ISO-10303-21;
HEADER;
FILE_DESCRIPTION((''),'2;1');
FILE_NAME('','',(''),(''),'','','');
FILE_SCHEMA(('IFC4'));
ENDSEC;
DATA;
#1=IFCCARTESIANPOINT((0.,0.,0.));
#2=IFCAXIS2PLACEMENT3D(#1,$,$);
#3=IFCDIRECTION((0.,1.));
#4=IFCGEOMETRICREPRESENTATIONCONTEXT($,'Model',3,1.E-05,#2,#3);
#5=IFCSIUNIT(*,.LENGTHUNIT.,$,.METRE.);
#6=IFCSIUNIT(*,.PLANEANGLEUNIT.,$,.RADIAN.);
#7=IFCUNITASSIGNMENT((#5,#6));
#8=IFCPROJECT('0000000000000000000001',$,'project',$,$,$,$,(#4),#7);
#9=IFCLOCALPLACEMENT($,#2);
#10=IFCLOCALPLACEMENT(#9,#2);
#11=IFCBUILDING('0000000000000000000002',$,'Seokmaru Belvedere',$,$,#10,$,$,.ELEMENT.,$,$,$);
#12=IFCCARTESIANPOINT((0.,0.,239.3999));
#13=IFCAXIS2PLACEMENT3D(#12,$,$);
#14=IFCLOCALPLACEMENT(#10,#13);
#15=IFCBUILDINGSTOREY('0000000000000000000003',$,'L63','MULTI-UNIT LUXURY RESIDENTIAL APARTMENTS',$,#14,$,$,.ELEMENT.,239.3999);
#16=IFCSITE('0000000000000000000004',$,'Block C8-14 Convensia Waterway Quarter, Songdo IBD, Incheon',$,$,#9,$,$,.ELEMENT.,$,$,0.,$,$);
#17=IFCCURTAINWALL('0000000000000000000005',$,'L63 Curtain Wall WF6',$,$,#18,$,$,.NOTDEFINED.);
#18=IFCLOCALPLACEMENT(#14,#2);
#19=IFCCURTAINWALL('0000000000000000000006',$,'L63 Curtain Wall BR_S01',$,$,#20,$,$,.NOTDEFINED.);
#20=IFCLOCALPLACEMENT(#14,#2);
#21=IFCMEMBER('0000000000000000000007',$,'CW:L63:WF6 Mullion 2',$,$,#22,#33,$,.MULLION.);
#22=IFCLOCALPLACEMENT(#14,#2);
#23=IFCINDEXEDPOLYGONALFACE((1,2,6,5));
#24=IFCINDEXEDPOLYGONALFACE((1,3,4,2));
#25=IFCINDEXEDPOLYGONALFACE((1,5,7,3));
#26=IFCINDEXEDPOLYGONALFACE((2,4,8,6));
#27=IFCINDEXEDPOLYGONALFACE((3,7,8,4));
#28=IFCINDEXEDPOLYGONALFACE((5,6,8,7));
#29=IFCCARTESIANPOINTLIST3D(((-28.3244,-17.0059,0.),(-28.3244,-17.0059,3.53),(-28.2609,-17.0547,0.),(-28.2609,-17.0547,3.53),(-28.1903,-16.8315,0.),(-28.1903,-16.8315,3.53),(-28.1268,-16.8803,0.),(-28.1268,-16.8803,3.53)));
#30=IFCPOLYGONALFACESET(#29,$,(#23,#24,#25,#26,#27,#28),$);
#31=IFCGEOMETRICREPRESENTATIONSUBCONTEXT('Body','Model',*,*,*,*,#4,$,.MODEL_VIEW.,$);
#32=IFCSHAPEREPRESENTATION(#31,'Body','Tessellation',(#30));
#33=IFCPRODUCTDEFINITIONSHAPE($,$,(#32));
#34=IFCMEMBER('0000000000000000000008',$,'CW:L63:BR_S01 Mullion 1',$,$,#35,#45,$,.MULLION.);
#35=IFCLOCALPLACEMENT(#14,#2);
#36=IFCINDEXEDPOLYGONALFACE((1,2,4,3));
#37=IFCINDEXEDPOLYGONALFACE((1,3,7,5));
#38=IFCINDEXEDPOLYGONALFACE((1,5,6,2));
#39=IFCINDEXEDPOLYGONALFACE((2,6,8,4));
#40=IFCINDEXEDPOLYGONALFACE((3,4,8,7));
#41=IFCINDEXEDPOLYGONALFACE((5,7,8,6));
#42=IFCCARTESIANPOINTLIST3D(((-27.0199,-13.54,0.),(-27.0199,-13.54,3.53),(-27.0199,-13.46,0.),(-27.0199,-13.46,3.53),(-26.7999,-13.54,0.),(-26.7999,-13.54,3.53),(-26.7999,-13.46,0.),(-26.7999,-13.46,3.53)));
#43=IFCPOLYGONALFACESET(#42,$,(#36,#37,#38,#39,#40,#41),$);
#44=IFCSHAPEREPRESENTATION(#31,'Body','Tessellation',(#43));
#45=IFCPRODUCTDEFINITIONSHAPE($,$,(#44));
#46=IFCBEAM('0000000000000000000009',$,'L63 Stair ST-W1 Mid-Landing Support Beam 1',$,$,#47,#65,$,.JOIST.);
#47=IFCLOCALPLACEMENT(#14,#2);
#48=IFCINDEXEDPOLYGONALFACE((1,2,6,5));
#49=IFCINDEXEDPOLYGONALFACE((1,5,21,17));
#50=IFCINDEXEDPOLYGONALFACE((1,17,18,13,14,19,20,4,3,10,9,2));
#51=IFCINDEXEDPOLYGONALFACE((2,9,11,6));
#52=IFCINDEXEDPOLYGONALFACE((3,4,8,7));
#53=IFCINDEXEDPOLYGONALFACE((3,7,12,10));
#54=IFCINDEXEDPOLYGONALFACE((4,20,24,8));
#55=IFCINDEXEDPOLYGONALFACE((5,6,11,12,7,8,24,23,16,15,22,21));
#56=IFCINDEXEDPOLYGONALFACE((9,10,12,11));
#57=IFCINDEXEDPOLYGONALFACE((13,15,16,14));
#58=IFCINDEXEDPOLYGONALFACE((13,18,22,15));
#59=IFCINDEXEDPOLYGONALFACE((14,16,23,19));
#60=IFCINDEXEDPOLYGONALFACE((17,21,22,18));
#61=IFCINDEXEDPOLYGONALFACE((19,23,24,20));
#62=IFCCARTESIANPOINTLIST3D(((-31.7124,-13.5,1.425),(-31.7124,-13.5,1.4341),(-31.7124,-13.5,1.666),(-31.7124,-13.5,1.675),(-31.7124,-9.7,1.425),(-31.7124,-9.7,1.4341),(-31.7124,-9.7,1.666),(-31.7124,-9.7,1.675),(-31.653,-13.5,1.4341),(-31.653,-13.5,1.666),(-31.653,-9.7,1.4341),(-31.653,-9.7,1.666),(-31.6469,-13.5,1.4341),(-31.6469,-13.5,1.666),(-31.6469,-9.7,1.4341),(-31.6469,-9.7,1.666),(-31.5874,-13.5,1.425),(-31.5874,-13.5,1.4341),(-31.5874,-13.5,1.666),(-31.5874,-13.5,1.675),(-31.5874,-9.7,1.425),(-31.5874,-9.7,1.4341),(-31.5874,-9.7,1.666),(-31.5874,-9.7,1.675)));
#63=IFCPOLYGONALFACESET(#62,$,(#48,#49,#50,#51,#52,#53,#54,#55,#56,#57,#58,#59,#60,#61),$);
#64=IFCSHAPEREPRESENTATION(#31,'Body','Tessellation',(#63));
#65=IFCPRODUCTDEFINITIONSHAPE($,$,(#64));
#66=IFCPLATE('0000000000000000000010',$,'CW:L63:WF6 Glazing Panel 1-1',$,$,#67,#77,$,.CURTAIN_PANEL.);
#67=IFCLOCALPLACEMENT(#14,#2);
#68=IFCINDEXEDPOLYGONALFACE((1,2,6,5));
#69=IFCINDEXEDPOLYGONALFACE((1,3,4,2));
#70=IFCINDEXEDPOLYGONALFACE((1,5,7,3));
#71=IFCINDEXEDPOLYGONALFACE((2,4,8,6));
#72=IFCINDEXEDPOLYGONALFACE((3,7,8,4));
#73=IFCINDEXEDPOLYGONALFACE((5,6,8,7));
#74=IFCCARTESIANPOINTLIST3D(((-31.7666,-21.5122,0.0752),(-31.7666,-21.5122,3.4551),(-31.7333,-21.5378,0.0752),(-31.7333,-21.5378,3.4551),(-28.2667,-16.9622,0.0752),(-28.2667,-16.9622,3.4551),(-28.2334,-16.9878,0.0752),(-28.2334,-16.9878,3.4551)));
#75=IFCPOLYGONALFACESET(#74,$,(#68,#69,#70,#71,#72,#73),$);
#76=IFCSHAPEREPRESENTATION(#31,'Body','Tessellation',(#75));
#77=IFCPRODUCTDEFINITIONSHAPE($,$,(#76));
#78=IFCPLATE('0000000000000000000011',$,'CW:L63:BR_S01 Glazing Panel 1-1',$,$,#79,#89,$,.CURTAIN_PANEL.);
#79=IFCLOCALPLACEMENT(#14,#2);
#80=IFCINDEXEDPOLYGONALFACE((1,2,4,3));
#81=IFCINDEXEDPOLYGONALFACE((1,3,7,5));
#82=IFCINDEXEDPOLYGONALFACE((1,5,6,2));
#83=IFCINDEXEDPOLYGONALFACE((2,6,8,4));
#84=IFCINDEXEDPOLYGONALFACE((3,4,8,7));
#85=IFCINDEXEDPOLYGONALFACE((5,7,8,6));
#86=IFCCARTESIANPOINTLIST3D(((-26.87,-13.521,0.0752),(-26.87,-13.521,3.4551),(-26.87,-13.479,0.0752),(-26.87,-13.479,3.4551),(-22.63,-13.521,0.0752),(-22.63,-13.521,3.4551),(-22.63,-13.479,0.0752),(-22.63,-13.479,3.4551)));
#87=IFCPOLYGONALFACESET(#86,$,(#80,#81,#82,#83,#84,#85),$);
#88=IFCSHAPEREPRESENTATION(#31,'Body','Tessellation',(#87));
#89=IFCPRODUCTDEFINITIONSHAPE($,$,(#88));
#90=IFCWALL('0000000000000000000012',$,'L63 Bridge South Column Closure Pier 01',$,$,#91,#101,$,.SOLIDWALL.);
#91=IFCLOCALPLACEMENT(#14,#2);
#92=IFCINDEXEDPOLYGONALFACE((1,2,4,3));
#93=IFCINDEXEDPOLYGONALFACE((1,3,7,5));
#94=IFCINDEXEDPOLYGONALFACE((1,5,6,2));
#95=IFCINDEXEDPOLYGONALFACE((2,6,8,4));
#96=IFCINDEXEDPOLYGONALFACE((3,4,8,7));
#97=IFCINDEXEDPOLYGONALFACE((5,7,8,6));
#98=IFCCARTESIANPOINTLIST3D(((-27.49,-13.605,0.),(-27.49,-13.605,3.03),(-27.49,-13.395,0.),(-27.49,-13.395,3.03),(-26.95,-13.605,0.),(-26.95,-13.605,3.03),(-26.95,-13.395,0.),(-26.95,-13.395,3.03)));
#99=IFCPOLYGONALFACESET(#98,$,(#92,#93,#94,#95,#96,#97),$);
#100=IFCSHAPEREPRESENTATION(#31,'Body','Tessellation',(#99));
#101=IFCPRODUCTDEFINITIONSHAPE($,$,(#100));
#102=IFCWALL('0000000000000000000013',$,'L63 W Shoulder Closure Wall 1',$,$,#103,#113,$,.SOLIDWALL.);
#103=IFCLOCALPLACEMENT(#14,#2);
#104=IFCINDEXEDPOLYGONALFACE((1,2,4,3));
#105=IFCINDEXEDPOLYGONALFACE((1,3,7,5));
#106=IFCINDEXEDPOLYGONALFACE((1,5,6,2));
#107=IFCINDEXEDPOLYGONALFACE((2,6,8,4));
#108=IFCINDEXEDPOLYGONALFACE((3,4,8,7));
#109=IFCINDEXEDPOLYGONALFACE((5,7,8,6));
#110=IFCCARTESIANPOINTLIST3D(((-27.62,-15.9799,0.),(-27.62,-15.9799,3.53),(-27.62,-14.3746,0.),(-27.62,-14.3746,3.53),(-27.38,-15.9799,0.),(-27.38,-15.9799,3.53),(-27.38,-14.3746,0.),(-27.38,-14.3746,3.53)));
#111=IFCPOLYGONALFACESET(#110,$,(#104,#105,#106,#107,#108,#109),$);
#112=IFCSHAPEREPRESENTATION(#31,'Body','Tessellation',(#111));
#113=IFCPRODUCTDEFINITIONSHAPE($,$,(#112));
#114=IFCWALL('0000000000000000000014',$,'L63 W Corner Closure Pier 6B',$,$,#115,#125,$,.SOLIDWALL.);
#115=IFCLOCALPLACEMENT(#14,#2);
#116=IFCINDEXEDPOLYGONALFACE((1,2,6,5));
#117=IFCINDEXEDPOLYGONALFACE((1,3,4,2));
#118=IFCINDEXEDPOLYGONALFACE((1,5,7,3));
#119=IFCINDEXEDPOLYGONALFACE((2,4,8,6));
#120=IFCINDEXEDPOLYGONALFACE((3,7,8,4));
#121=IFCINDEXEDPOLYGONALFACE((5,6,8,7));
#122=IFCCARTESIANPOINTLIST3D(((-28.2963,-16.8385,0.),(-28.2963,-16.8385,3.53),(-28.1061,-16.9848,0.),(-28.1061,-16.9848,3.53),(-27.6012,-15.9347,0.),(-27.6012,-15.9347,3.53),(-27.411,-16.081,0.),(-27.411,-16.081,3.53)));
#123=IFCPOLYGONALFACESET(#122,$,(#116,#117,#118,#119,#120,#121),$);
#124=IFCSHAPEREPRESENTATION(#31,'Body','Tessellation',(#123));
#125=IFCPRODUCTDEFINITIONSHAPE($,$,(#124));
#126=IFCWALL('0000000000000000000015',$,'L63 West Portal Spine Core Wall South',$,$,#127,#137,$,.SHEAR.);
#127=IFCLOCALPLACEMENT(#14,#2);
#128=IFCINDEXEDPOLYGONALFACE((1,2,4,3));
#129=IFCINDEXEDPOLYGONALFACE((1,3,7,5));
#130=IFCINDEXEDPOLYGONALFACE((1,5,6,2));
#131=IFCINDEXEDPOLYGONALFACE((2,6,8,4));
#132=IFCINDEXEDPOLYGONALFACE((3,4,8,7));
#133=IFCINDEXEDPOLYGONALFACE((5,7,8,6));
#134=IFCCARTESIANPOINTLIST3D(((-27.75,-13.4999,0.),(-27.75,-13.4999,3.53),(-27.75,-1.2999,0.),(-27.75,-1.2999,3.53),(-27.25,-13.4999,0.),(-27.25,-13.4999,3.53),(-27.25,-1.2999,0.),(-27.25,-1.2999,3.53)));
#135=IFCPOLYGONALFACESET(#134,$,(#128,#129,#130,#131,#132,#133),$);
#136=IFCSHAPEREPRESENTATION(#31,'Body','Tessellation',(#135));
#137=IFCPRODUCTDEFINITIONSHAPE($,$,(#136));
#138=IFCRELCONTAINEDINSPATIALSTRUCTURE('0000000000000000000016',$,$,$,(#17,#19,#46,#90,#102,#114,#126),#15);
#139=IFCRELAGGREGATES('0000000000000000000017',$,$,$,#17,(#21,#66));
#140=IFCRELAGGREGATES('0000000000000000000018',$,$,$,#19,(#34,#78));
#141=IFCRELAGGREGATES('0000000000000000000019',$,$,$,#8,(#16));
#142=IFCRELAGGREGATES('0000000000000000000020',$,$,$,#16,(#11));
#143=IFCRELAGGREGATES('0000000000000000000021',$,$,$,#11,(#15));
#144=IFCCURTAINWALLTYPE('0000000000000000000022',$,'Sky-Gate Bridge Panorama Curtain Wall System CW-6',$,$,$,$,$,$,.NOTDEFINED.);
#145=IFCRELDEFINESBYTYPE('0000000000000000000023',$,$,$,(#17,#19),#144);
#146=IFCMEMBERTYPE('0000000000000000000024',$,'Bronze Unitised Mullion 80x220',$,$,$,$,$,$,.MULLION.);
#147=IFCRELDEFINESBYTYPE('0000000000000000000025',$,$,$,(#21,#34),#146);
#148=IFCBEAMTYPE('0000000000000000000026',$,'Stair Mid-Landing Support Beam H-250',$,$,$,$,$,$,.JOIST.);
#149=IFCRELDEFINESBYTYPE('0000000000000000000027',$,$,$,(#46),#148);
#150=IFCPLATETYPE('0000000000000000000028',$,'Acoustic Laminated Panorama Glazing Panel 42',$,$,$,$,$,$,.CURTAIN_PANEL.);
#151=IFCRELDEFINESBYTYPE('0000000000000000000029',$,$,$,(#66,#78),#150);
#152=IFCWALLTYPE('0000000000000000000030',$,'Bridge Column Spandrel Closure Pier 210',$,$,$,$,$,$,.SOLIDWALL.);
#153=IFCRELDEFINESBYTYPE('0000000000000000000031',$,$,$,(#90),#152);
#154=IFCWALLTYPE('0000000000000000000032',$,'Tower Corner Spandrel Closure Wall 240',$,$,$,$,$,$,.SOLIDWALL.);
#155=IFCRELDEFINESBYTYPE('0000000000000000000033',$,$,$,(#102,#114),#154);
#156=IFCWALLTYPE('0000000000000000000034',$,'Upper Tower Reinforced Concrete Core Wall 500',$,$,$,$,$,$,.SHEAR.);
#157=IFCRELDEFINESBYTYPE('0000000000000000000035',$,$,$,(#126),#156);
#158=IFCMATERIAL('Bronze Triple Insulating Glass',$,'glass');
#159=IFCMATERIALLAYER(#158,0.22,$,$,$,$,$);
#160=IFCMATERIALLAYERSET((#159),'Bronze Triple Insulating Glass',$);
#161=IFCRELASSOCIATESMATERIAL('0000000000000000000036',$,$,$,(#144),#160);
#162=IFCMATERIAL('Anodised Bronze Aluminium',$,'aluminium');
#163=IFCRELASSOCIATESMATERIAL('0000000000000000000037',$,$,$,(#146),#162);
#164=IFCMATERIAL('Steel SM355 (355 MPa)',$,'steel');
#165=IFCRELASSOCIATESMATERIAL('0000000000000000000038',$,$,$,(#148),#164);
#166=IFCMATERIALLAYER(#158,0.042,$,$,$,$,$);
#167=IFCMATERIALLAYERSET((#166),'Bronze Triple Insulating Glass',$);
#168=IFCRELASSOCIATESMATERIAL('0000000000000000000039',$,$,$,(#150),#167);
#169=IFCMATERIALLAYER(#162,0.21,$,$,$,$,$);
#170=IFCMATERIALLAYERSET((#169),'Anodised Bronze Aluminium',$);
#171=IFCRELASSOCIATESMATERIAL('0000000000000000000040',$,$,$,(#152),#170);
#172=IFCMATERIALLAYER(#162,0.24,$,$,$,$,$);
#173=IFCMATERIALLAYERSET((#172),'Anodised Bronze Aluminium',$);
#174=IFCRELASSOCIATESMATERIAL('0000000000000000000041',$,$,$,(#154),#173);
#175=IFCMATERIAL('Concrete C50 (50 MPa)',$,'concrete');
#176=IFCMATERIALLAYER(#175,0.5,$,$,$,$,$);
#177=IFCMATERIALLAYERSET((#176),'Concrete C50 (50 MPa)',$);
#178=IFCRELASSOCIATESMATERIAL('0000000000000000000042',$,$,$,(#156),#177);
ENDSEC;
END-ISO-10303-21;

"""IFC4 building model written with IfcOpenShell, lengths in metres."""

from ifc_helpers import new_model, si_unit, direction, frame, frame_2d, origin, origin_2d, place, context, subcontext, project, spatial, rectangle, i_section, extrude, source, transform, mapped, material, layer, layer_set, material_profile, profile_set, type_object, type_shapes, element, aggregate, save


model = new_model("IFC4")

# Units and contexts
model_context = context("Model", 3, precision=1e-05, world=origin(), true_north=direction((0.0, 1.0)))
body_context = subcontext(model_context, "Body", "Model", "MODEL_VIEW")
ifc_project = project(units=[si_unit("LENGTHUNIT", "METRE"), si_unit("PLANEANGLEUNIT", "RADIAN")], contexts=[model_context])

# Site, building, storey
site_placement = place(None, origin())
site = spatial("IfcSite", under=ifc_project, at=site_placement, Name="Block C8-14 Convensia Waterway Quarter, Songdo IBD, Incheon", CompositionType="ELEMENT", RefElevation=0.0)
building_placement = place(site_placement, origin())
building = spatial("IfcBuilding", under=site, at=building_placement, Name="Seokmaru Belvedere", CompositionType="ELEMENT")
storey_placement = place(building_placement, frame((0.0, 0.0, 239.3999)))
storey = spatial("IfcBuildingStorey", under=building, at=storey_placement, Name="L63", Description="MULTI-UNIT LUXURY RESIDENTIAL APARTMENTS", CompositionType="ELEMENT", Elevation=239.3999)

# Shared definitions
ifc_material_1 = material(Name="Steel SM355 (355 MPa)", Category="steel")

# Curtain walls
ifc_material_2 = material(Name="Bronze Triple Insulating Glass", Category="glass")
ifc_layer_1 = layer(ifc_material_2, 0.22)
ifc_layer_set_1 = layer_set([ifc_layer_1], Name="Bronze Triple Insulating Glass")
curtain_wall_type = type_object("IfcCurtainWallType", Name="Sky-Gate Bridge Panorama Curtain Wall System CW-6", PredefinedType="NOTDEFINED", material=ifc_layer_set_1)
curtain_wall_1_placement = place(storey_placement, origin())
curtain_wall_1 = element("IfcCurtainWall", 1, at=curtain_wall_1_placement, inside=storey, type_object=curtain_wall_type, Name="L63 Curtain Wall WF6", PredefinedType="NOTDEFINED")
ifc_material_3 = material(Name="Anodised Bronze Aluminium", Category="aluminium")
curtain_wall_2_placement = place(storey_placement, origin())
curtain_wall_2 = element("IfcCurtainWall", 2, at=curtain_wall_2_placement, inside=storey, type_object=curtain_wall_type, Name="L63 Curtain Wall BR_S01", PredefinedType="NOTDEFINED")

# Members
ifc_material_profile_1 = material_profile(ifc_material_3, rectangle(XDim=0.0801, YDim=0.22, at=origin_2d()), Name="CW-M-80x220")
ifc_profile_set_1 = profile_set([ifc_material_profile_1], Name="Anodised Bronze Aluminium")
member_type_1 = type_object("IfcMemberType", Name="Bronze Unitised Mullion 80x220", PredefinedType="MULLION", material=ifc_profile_set_1)
shared_shape_1 = source(origin(), body_context, "Body", "SweptSolid", [
    extrude(rectangle(XDim=0.0801, YDim=0.22, at=origin_2d()), origin(), (0.0, 0.0, 1.0), 3.53),
])
type_shapes(member_type_1, [shared_shape_1])
member_1_placement = place(storey_placement, frame((-28.2256, -16.9431, 0.0), z_axis=(0.0, 0.0, 1.0), x_axis=(-0.792631, 0.609701, 0.0)))
member_1 = element("IfcMember", 3, at=member_1_placement, type_object=member_type_1, Name="CW:L63:WF6 Mullion 2", PredefinedType="MULLION", context=body_context, shape_type="MappedRepresentation", body=[
    mapped(shared_shape_1, transform((0.0, 0.0, 0.0), scale=1.0)),
])
member_2_placement = place(storey_placement, frame((-26.9099, -13.5, 0.0), z_axis=(0.0, 0.0, 1.0), x_axis=(0.0, 1.0, 0.0)))
member_2 = element("IfcMember", 4, at=member_2_placement, type_object=member_type_1, Name="CW:L63:BR_S01 Mullion 1", PredefinedType="MULLION", context=body_context, shape_type="MappedRepresentation", body=[
    mapped(shared_shape_1, transform((0.0, 0.0, 0.0), scale=1.0)),
])

# Beam
ifc_material_profile_2 = material_profile(ifc_material_1, i_section(OverallWidth=0.125, OverallDepth=0.25, WebThickness=0.0061, FlangeThickness=0.009, at=origin_2d()), Name="H-250x125x6x9")
ifc_profile_set_2 = profile_set([ifc_material_profile_2], Name="Steel SM355 (355 MPa)")
beam_type_1 = type_object("IfcBeamType", Name="Stair Mid-Landing Support Beam H-250", PredefinedType="JOIST", material=ifc_profile_set_2)
shared_shape_2 = source(origin(), body_context, "Body", "SweptSolid", [
    extrude(i_section(OverallWidth=0.125, OverallDepth=0.25, WebThickness=0.0061, FlangeThickness=0.009, at=origin_2d()), origin(), (0.0, 0.0, 1.0), 3.8),
])
type_shapes(beam_type_1, [shared_shape_2])
beam_1_placement = place(storey_placement, frame((-31.6499, -13.5, 1.55), z_axis=(0.0, 1.0, 0.0), x_axis=(-1.0, 0.0, 0.0)))
element("IfcBeam", 5, at=beam_1_placement, inside=storey, type_object=beam_type_1, Name="L63 Stair ST-W1 Mid-Landing Support Beam 1", PredefinedType="JOIST", context=body_context, shape_type="MappedRepresentation", body=[
    mapped(shared_shape_2, transform((0.0, 0.0, 0.0), scale=1.0)),
])

# Plates
ifc_layer_2 = layer(ifc_material_2, 0.042)
ifc_layer_set_2 = layer_set([ifc_layer_2], Name="Bronze Triple Insulating Glass")
plate_type = type_object("IfcPlateType", Name="Acoustic Laminated Panorama Glazing Panel 42", PredefinedType="CURTAIN_PANEL", material=ifc_layer_set_2)
shared_shape_3 = source(origin(), body_context, "Body", "SweptSolid", [
    extrude(rectangle(XDim=5.7405, YDim=0.042, at=origin_2d()), origin(), (0.0, 0.0, 1.0), 3.3799),
])
plate_1_placement = place(storey_placement, frame((-30.0, -19.25, 0.0752), z_axis=(0.0, 0.0, 1.0), x_axis=(0.609701, 0.792631, 0.0)))
plate_1 = element("IfcPlate", 6, at=plate_1_placement, type_object=plate_type, Name="CW:L63:WF6 Glazing Panel 1-1", PredefinedType="CURTAIN_PANEL", context=body_context, shape_type="MappedRepresentation", body=[
    mapped(shared_shape_3, transform((0.0, 0.0, 0.0), scale=1.0)),
])
aggregate(curtain_wall_1, [member_1, plate_1])
shared_shape_4 = source(origin(), body_context, "Body", "SweptSolid", [
    extrude(rectangle(XDim=4.24, YDim=0.042, at=origin_2d()), origin(), (0.0, 0.0, 1.0), 3.3799),
])
type_shapes(plate_type, [shared_shape_3, shared_shape_4])
plate_2_placement = place(storey_placement, frame((-24.75, -13.5, 0.0752), z_axis=(0.0, 0.0, 1.0), x_axis=(1.0, 0.0, 0.0)))
plate_2 = element("IfcPlate", 7, at=plate_2_placement, type_object=plate_type, Name="CW:L63:BR_S01 Glazing Panel 1-1", PredefinedType="CURTAIN_PANEL", context=body_context, shape_type="MappedRepresentation", body=[
    mapped(shared_shape_4, transform((0.0, 0.0, 0.0), scale=1.0)),
])
aggregate(curtain_wall_2, [member_2, plate_2])

# Walls
ifc_layer_3 = layer(ifc_material_3, 0.21)
ifc_layer_set_3 = layer_set([ifc_layer_3], Name="Anodised Bronze Aluminium")
wall_type_1 = type_object("IfcWallType", Name="Bridge Column Spandrel Closure Pier 210", PredefinedType="SOLIDWALL", material=ifc_layer_set_3)
wall_1_placement = place(storey_placement, frame((-27.49, -13.5, 0.0), z_axis=(0.0, 0.0, 1.0), x_axis=(1.0, 0.0, 0.0)))
element("IfcWall", 8, at=wall_1_placement, inside=storey, type_object=wall_type_1, Name="L63 Bridge South Column Closure Pier 01", PredefinedType="SOLIDWALL", context=body_context, shape_type="SweptSolid", body=[
    extrude(rectangle(XDim=0.54, YDim=0.21, at=frame_2d((0.27, 0.0))), origin(), (0.0, 0.0, 1.0), 3.03),
])
ifc_layer_4 = layer(ifc_material_3, 0.24)
ifc_layer_set_4 = layer_set([ifc_layer_4], Name="Anodised Bronze Aluminium")
wall_type_2 = type_object("IfcWallType", Name="Tower Corner Spandrel Closure Wall 240", PredefinedType="SOLIDWALL", material=ifc_layer_set_4)
wall_2_placement = place(storey_placement, frame((-27.5, -15.98, 0.0), z_axis=(0.0, 0.0, 1.0), x_axis=(0.0, 1.0, 0.0)))
element("IfcWall", 9, at=wall_2_placement, inside=storey, type_object=wall_type_2, Name="L63 W Shoulder Closure Wall 1", PredefinedType="SOLIDWALL", context=body_context, shape_type="SweptSolid", body=[
    extrude(rectangle(XDim=1.6052, YDim=0.24, at=frame_2d((0.8027, 0.0))), origin(), (0.0, 0.0, 1.0), 3.53),
])
wall_3_placement = place(storey_placement, frame((-28.2012, -16.9116, 0.0), z_axis=(0.0, 0.0, 1.0), x_axis=(0.609618, 0.792696, 0.0)))
element("IfcWall", 10, at=wall_3_placement, inside=storey, type_object=wall_type_2, Name="L63 W Corner Closure Pier 6B", PredefinedType="SOLIDWALL", context=body_context, shape_type="SweptSolid", body=[
    extrude(rectangle(XDim=1.1401, YDim=0.24, at=frame_2d((0.5701, 0.0))), origin(), (0.0, 0.0, 1.0), 3.53),
])
ifc_material_4 = material(Name="Concrete C50 (50 MPa)", Category="concrete")
ifc_layer_5 = layer(ifc_material_4, 0.5)
ifc_layer_set_5 = layer_set([ifc_layer_5], Name="Concrete C50 (50 MPa)")
wall_type_3 = type_object("IfcWallType", Name="Upper Tower Reinforced Concrete Core Wall 500", PredefinedType="SHEAR", material=ifc_layer_set_5)
wall_4_placement = place(storey_placement, frame((-27.5, -13.5, 0.0), z_axis=(0.0, 0.0, 1.0), x_axis=(0.0, 1.0, 0.0)))
element("IfcWall", 11, at=wall_4_placement, inside=storey, type_object=wall_type_3, Name="L63 West Portal Spine Core Wall South", PredefinedType="SHEAR", context=body_context, shape_type="SweptSolid", body=[
    extrude(rectangle(XDim=12.2, YDim=0.5, at=frame_2d((6.1001, 0.0))), origin(), (0.0, 0.0, 1.0), 3.53),
])

save(model, "model.ifc")
